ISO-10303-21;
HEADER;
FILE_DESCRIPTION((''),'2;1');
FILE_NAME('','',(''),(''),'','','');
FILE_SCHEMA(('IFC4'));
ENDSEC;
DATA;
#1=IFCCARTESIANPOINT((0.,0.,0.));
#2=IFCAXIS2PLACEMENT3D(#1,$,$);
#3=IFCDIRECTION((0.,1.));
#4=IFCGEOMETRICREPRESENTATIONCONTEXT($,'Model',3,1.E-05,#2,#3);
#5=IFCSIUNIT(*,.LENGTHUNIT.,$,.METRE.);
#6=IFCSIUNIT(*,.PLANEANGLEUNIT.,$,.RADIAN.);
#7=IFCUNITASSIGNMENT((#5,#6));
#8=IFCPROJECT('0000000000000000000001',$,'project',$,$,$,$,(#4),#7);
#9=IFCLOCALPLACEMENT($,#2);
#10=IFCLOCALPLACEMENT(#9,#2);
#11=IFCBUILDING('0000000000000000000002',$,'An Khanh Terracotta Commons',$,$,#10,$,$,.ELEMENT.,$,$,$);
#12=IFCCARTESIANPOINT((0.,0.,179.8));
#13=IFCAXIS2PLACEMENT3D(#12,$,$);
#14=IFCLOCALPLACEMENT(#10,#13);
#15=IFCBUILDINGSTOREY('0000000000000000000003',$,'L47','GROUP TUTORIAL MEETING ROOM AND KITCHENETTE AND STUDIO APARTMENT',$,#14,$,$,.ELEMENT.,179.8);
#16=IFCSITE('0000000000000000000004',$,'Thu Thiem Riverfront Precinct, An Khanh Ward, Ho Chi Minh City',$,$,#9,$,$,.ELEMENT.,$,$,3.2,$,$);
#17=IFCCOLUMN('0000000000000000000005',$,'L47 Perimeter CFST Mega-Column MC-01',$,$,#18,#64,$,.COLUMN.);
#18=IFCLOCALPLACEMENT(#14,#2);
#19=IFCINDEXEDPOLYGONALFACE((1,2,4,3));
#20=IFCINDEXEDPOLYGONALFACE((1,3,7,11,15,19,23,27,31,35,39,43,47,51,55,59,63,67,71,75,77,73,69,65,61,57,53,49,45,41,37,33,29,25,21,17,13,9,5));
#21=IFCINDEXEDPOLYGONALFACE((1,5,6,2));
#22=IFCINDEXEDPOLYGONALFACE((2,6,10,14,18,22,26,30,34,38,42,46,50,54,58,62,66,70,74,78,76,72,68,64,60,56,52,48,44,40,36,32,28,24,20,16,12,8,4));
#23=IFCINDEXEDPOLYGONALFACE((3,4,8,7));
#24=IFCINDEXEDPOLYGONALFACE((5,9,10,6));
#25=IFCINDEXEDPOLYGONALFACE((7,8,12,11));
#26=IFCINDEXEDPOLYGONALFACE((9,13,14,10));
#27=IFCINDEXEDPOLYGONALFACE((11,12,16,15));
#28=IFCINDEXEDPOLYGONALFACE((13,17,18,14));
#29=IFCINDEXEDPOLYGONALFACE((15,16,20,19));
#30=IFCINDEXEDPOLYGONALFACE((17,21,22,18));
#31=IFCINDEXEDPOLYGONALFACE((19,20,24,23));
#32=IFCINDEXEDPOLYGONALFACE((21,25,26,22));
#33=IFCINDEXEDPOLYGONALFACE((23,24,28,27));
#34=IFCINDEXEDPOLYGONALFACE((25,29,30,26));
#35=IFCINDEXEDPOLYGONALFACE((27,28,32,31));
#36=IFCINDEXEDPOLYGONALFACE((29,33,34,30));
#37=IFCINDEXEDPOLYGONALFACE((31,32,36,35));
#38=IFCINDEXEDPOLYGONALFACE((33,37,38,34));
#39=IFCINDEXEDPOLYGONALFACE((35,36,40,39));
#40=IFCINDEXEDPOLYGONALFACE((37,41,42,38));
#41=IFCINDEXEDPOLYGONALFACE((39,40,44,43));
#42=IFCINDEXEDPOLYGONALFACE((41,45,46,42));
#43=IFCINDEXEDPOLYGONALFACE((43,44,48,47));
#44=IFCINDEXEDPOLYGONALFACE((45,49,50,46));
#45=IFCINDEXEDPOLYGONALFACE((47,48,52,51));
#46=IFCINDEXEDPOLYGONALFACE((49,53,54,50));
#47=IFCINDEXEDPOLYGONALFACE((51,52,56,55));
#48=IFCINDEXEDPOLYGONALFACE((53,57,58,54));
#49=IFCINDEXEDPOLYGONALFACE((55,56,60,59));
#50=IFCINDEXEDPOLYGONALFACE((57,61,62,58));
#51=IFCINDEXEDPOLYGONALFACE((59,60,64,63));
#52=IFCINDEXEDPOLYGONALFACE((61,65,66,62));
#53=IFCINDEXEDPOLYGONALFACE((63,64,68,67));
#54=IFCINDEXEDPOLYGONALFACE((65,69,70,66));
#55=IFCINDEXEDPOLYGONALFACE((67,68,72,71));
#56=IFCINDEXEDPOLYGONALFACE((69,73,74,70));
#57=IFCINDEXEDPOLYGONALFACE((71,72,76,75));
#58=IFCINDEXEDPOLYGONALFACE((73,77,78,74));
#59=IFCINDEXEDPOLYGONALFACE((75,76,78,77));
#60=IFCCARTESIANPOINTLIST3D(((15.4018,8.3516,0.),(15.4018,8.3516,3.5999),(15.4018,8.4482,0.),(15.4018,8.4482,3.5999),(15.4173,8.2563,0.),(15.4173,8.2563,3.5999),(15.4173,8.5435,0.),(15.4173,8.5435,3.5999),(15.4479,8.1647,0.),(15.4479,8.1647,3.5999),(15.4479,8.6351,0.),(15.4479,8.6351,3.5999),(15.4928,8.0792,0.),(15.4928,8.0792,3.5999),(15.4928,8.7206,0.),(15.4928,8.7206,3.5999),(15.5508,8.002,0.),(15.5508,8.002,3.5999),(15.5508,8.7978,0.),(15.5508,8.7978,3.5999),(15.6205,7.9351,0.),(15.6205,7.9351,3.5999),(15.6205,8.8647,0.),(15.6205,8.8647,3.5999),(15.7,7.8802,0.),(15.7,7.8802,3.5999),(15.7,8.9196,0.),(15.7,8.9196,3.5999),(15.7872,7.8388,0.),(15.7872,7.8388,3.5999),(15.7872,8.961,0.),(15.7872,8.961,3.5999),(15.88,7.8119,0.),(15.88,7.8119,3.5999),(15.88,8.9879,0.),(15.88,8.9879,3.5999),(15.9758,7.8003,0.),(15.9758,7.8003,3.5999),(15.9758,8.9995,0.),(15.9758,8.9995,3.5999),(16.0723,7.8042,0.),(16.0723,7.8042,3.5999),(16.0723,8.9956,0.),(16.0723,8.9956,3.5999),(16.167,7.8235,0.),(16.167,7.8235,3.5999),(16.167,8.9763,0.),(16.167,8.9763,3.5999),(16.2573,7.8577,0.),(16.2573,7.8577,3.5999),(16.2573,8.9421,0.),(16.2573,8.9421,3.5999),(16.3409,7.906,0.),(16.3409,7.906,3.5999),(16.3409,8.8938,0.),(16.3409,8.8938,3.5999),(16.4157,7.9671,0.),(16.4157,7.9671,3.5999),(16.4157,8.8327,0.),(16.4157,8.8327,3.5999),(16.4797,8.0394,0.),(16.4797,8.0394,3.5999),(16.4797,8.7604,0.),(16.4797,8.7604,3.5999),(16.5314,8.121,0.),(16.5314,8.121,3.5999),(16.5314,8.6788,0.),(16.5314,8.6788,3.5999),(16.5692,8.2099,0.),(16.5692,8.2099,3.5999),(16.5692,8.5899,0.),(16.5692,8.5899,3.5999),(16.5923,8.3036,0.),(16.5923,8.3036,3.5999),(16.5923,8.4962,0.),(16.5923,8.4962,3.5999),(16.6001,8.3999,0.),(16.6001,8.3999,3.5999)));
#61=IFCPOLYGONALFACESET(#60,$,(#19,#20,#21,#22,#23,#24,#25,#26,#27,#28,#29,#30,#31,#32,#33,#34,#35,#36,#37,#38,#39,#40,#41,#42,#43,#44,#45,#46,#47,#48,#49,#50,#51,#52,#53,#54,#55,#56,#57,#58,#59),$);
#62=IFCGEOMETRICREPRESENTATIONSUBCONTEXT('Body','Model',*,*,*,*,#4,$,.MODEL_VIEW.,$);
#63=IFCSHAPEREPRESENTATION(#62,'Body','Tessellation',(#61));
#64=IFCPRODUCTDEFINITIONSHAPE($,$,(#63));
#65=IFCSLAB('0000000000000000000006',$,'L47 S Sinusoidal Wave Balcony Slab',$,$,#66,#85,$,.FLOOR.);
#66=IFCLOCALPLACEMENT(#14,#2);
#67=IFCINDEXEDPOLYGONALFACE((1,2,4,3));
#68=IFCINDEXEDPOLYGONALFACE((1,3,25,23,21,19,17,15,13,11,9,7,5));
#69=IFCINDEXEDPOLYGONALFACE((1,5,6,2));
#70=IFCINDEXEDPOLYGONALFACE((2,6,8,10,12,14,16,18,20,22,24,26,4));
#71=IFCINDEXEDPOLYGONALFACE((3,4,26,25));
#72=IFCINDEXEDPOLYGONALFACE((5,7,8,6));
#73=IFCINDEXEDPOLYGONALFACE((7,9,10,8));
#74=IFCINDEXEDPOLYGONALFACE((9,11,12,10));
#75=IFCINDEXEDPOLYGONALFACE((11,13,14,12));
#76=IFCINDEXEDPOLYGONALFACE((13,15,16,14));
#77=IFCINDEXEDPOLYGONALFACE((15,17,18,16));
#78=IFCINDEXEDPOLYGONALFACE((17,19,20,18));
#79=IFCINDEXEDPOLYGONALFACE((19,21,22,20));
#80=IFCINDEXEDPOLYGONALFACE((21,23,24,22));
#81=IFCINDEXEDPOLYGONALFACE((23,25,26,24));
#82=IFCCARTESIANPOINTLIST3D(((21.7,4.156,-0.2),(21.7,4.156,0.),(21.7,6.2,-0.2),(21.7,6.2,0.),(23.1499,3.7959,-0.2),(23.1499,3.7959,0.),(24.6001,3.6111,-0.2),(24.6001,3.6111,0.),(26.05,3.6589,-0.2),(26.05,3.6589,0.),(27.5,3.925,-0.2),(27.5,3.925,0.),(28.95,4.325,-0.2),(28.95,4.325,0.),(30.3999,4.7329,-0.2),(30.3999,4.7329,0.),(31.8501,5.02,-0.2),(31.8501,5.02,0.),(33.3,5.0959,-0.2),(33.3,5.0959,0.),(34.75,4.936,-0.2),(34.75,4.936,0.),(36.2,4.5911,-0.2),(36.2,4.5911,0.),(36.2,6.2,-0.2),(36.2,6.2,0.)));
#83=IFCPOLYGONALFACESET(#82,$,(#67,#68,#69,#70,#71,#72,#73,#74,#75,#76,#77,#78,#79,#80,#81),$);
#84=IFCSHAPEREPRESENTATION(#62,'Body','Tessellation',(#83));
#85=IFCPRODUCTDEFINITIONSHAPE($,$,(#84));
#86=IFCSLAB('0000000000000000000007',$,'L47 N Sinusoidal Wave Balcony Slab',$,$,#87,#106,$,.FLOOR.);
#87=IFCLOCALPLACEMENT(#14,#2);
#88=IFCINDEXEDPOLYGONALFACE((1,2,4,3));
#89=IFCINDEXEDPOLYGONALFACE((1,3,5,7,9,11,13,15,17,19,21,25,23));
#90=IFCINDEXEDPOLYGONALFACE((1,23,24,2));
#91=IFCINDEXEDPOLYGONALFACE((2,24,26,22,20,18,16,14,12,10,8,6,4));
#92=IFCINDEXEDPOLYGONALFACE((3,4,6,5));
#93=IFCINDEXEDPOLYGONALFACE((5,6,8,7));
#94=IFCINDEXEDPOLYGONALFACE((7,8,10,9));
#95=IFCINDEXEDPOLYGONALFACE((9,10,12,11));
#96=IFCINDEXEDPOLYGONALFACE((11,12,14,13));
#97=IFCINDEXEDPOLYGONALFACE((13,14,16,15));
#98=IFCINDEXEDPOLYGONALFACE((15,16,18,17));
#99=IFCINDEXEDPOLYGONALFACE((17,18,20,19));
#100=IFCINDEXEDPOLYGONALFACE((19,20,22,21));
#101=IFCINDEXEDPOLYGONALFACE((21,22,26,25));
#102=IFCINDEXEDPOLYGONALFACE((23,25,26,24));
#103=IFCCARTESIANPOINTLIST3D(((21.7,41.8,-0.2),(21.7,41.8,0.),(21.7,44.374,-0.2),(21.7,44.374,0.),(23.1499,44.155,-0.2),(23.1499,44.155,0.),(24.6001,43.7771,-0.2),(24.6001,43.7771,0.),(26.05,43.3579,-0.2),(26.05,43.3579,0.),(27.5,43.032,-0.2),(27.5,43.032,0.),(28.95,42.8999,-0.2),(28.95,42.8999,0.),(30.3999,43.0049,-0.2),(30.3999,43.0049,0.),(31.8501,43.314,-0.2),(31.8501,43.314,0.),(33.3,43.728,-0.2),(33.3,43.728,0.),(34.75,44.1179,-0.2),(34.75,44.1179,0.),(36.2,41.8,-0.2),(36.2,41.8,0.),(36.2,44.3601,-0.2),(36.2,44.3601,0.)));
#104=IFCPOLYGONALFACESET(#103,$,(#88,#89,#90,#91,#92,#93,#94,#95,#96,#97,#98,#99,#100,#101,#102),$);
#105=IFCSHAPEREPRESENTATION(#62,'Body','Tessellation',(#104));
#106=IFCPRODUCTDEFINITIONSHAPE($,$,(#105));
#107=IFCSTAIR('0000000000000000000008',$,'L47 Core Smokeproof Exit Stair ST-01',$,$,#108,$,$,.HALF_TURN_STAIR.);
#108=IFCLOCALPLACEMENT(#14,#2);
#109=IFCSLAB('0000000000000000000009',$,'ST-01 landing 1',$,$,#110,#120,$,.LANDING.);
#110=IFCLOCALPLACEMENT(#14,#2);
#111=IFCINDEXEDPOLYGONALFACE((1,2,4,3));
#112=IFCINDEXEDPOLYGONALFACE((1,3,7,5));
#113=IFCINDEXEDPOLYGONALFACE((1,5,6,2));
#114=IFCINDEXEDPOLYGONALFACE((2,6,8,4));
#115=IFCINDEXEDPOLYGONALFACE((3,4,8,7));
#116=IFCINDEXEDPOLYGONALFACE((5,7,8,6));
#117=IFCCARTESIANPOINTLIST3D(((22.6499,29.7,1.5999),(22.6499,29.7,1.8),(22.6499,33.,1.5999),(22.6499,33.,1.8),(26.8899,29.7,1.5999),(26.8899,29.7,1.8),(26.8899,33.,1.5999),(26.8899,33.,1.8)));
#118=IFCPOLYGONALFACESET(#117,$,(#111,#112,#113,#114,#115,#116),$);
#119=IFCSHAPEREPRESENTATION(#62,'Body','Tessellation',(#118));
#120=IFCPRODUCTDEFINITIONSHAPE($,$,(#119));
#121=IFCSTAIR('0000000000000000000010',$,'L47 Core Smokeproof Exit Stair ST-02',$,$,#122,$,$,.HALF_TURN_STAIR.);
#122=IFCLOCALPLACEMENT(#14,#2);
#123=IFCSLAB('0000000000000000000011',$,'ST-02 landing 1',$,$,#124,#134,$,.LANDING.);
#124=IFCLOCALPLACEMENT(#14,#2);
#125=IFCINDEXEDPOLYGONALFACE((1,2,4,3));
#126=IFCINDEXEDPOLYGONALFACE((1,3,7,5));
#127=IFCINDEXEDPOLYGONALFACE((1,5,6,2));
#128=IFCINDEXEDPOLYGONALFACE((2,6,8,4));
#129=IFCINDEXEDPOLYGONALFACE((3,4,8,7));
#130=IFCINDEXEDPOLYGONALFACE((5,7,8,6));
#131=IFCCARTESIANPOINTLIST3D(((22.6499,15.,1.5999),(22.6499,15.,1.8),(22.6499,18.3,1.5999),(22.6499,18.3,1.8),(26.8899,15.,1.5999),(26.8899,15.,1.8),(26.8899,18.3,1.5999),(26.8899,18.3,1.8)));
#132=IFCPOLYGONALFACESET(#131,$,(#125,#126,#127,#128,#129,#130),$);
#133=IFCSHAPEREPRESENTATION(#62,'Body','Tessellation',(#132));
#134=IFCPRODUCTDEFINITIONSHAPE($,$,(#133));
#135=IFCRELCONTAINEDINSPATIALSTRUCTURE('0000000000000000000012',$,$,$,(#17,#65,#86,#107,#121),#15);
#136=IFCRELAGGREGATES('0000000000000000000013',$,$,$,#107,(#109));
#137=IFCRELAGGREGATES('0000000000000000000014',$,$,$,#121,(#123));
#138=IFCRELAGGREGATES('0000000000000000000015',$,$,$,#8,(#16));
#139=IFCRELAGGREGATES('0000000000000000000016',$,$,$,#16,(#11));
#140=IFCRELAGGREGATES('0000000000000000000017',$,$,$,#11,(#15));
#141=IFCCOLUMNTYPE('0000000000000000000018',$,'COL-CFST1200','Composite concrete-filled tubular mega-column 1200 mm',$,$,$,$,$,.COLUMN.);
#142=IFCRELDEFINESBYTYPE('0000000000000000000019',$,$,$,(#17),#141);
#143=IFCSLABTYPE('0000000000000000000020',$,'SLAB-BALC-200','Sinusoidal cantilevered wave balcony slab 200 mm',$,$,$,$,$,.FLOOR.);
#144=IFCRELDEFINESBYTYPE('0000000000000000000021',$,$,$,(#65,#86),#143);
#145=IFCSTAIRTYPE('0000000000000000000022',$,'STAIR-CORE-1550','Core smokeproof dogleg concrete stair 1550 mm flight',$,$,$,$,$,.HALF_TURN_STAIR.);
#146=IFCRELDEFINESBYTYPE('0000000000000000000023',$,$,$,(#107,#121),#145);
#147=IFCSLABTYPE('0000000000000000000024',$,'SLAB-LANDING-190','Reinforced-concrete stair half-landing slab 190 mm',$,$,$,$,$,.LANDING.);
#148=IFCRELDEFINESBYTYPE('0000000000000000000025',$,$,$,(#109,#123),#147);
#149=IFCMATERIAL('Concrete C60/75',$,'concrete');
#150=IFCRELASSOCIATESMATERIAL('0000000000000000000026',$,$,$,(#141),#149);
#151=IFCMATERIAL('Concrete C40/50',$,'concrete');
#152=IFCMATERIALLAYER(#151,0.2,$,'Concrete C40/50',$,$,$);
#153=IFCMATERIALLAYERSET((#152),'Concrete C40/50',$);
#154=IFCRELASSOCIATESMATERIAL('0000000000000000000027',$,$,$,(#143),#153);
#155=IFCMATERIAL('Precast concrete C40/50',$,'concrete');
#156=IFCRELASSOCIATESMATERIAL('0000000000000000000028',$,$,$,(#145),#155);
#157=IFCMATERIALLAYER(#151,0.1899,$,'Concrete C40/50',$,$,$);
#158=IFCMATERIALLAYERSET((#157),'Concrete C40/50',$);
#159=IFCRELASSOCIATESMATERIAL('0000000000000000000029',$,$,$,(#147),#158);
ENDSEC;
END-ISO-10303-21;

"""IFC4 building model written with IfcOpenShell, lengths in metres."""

from ifc_helpers import new_model, si_unit, direction, frame, origin, origin_2d, place, context, subcontext, project, spatial, polyline, circle, outline, extrude, material, layer, layer_set, material_profile, profile_set, type_object, element, aggregate, save


model = new_model("IFC4")

# Units and contexts
model_context = context("Model", 3, precision=1e-05, world=origin(), true_north=direction((0.0, 1.0)))
body_context = subcontext(model_context, "Body", "Model", "MODEL_VIEW")
ifc_project = project(units=[si_unit("LENGTHUNIT", "METRE"), si_unit("PLANEANGLEUNIT", "RADIAN")], contexts=[model_context])

# Site, building, storey
site_placement = place(None, origin())
site = spatial("IfcSite", under=ifc_project, at=site_placement, Name="Thu Thiem Riverfront Precinct, An Khanh Ward, Ho Chi Minh City", CompositionType="ELEMENT", RefElevation=3.2)
building_placement = place(site_placement, origin())
building = spatial("IfcBuilding", under=site, at=building_placement, Name="An Khanh Terracotta Commons", CompositionType="ELEMENT")
storey_placement = place(building_placement, frame((0.0, 0.0, 179.8)))
storey = spatial("IfcBuildingStorey", under=building, at=storey_placement, Name="L47", Description="GROUP TUTORIAL MEETING ROOM AND KITCHENETTE AND STUDIO APARTMENT", CompositionType="ELEMENT", Elevation=179.8)

# Column
ifc_material_1 = material(Name="Concrete C60/75", Category="concrete")
ifc_material_profile = material_profile(ifc_material_1, circle(Radius=0.6001, at=origin_2d()), Name="CFST1200")
ifc_profile_set = profile_set([ifc_material_profile], Name="Concrete C60/75")
column_type = type_object("IfcColumnType", Name="COL-CFST1200", Description="Composite concrete-filled tubular mega-column 1200 mm", PredefinedType="COLUMN", material=ifc_profile_set)
column_placement = place(storey_placement, frame((16.0, 8.3999, 0.0), z_axis=(0.0, 0.0, 1.0), x_axis=(1.0, 0.0, 0.0)))
element("IfcColumn", 1, at=column_placement, inside=storey, type_object=column_type, Name="L47 Perimeter CFST Mega-Column MC-01", PredefinedType="COLUMN", context=body_context, shape_type="SweptSolid", body=[
    extrude(circle(Radius=0.6001, at=origin_2d()), origin(), (0.0, 0.0, 1.0), 3.5999),
])

# Slabs
ifc_material_2 = material(Name="Concrete C40/50", Category="concrete")
ifc_layer_1 = layer(ifc_material_2, 0.2, Name="Concrete C40/50")
ifc_layer_set_1 = layer_set([ifc_layer_1], Name="Concrete C40/50")
slab_type_1 = type_object("IfcSlabType", Name="SLAB-BALC-200", Description="Sinusoidal cantilevered wave balcony slab 200 mm", PredefinedType="FLOOR", material=ifc_layer_set_1)
slab_1_placement = place(storey_placement, frame((0.0, 0.0, -0.2)))
element("IfcSlab", 2, at=slab_1_placement, inside=storey, type_object=slab_type_1, Name="L47 S Sinusoidal Wave Balcony Slab", PredefinedType="FLOOR", context=body_context, shape_type="SweptSolid", body=[
    extrude(outline(polyline([(21.7, 6.2), (21.7, 4.156), (23.1499, 3.7959), (24.6001, 3.6111), (26.05, 3.6589), (27.5, 3.925), (28.95, 4.325), (30.3999, 4.7329), (31.8501, 5.02), (33.3, 5.0959), (34.75, 4.936), (36.2, 4.5911), (36.2, 6.2), (21.7, 6.2)])), origin(), (0.0, 0.0, 1.0), 0.2),
])
slab_2_placement = place(storey_placement, frame((0.0, 0.0, -0.2)))
element("IfcSlab", 3, at=slab_2_placement, inside=storey, type_object=slab_type_1, Name="L47 N Sinusoidal Wave Balcony Slab", PredefinedType="FLOOR", context=body_context, shape_type="SweptSolid", body=[
    extrude(outline(polyline([(36.2, 41.8), (36.2, 44.3601), (34.75, 44.1179), (33.3, 43.728), (31.8501, 43.314), (30.3999, 43.0049), (28.95, 42.8999), (27.5, 43.032), (26.05, 43.3579), (24.6001, 43.7771), (23.1499, 44.155), (21.7, 44.374), (21.7, 41.8), (36.2, 41.8)])), origin(), (0.0, 0.0, 1.0), 0.2),
])

# Stairs, slabs
ifc_material_3 = material(Name="Precast concrete C40/50", Category="concrete")
stair_type = type_object("IfcStairType", Name="STAIR-CORE-1550", Description="Core smokeproof dogleg concrete stair 1550 mm flight", PredefinedType="HALF_TURN_STAIR", material=ifc_material_3)
stair_1_placement = place(storey_placement, origin())
stair_1 = element("IfcStair", 4, at=stair_1_placement, inside=storey, type_object=stair_type, Name="L47 Core Smokeproof Exit Stair ST-01", PredefinedType="HALF_TURN_STAIR")
ifc_layer_2 = layer(ifc_material_2, 0.1899, Name="Concrete C40/50")
ifc_layer_set_2 = layer_set([ifc_layer_2], Name="Concrete C40/50")
slab_type_2 = type_object("IfcSlabType", Name="SLAB-LANDING-190", Description="Reinforced-concrete stair half-landing slab 190 mm", PredefinedType="LANDING", material=ifc_layer_set_2)
slab_3_placement = place(storey_placement, frame((0.0, 0.0, 1.5999)))
slab_3 = element("IfcSlab", 5, at=slab_3_placement, type_object=slab_type_2, Name="ST-01 landing 1", PredefinedType="LANDING", context=body_context, shape_type="SweptSolid", body=[
    extrude(outline(polyline([(26.8899, 33.0), (22.6499, 33.0), (22.6499, 29.7), (26.8899, 29.7), (26.8899, 33.0)])), origin(), (0.0, 0.0, 1.0), 0.2002),
])
aggregate(stair_1, [slab_3])
stair_2_placement = place(storey_placement, origin())
stair_2 = element("IfcStair", 6, at=stair_2_placement, inside=storey, type_object=stair_type, Name="L47 Core Smokeproof Exit Stair ST-02", PredefinedType="HALF_TURN_STAIR")
slab_4_placement = place(storey_placement, frame((0.0, 0.0, 1.5999)))
slab_4 = element("IfcSlab", 7, at=slab_4_placement, type_object=slab_type_2, Name="ST-02 landing 1", PredefinedType="LANDING", context=body_context, shape_type="SweptSolid", body=[
    extrude(outline(polyline([(26.8899, 18.3), (22.6499, 18.3), (22.6499, 15.0), (26.8899, 15.0), (26.8899, 18.3)])), origin(), (0.0, 0.0, 1.0), 0.2002),
])
aggregate(stair_2, [slab_4])

save(model, "model.ifc")
